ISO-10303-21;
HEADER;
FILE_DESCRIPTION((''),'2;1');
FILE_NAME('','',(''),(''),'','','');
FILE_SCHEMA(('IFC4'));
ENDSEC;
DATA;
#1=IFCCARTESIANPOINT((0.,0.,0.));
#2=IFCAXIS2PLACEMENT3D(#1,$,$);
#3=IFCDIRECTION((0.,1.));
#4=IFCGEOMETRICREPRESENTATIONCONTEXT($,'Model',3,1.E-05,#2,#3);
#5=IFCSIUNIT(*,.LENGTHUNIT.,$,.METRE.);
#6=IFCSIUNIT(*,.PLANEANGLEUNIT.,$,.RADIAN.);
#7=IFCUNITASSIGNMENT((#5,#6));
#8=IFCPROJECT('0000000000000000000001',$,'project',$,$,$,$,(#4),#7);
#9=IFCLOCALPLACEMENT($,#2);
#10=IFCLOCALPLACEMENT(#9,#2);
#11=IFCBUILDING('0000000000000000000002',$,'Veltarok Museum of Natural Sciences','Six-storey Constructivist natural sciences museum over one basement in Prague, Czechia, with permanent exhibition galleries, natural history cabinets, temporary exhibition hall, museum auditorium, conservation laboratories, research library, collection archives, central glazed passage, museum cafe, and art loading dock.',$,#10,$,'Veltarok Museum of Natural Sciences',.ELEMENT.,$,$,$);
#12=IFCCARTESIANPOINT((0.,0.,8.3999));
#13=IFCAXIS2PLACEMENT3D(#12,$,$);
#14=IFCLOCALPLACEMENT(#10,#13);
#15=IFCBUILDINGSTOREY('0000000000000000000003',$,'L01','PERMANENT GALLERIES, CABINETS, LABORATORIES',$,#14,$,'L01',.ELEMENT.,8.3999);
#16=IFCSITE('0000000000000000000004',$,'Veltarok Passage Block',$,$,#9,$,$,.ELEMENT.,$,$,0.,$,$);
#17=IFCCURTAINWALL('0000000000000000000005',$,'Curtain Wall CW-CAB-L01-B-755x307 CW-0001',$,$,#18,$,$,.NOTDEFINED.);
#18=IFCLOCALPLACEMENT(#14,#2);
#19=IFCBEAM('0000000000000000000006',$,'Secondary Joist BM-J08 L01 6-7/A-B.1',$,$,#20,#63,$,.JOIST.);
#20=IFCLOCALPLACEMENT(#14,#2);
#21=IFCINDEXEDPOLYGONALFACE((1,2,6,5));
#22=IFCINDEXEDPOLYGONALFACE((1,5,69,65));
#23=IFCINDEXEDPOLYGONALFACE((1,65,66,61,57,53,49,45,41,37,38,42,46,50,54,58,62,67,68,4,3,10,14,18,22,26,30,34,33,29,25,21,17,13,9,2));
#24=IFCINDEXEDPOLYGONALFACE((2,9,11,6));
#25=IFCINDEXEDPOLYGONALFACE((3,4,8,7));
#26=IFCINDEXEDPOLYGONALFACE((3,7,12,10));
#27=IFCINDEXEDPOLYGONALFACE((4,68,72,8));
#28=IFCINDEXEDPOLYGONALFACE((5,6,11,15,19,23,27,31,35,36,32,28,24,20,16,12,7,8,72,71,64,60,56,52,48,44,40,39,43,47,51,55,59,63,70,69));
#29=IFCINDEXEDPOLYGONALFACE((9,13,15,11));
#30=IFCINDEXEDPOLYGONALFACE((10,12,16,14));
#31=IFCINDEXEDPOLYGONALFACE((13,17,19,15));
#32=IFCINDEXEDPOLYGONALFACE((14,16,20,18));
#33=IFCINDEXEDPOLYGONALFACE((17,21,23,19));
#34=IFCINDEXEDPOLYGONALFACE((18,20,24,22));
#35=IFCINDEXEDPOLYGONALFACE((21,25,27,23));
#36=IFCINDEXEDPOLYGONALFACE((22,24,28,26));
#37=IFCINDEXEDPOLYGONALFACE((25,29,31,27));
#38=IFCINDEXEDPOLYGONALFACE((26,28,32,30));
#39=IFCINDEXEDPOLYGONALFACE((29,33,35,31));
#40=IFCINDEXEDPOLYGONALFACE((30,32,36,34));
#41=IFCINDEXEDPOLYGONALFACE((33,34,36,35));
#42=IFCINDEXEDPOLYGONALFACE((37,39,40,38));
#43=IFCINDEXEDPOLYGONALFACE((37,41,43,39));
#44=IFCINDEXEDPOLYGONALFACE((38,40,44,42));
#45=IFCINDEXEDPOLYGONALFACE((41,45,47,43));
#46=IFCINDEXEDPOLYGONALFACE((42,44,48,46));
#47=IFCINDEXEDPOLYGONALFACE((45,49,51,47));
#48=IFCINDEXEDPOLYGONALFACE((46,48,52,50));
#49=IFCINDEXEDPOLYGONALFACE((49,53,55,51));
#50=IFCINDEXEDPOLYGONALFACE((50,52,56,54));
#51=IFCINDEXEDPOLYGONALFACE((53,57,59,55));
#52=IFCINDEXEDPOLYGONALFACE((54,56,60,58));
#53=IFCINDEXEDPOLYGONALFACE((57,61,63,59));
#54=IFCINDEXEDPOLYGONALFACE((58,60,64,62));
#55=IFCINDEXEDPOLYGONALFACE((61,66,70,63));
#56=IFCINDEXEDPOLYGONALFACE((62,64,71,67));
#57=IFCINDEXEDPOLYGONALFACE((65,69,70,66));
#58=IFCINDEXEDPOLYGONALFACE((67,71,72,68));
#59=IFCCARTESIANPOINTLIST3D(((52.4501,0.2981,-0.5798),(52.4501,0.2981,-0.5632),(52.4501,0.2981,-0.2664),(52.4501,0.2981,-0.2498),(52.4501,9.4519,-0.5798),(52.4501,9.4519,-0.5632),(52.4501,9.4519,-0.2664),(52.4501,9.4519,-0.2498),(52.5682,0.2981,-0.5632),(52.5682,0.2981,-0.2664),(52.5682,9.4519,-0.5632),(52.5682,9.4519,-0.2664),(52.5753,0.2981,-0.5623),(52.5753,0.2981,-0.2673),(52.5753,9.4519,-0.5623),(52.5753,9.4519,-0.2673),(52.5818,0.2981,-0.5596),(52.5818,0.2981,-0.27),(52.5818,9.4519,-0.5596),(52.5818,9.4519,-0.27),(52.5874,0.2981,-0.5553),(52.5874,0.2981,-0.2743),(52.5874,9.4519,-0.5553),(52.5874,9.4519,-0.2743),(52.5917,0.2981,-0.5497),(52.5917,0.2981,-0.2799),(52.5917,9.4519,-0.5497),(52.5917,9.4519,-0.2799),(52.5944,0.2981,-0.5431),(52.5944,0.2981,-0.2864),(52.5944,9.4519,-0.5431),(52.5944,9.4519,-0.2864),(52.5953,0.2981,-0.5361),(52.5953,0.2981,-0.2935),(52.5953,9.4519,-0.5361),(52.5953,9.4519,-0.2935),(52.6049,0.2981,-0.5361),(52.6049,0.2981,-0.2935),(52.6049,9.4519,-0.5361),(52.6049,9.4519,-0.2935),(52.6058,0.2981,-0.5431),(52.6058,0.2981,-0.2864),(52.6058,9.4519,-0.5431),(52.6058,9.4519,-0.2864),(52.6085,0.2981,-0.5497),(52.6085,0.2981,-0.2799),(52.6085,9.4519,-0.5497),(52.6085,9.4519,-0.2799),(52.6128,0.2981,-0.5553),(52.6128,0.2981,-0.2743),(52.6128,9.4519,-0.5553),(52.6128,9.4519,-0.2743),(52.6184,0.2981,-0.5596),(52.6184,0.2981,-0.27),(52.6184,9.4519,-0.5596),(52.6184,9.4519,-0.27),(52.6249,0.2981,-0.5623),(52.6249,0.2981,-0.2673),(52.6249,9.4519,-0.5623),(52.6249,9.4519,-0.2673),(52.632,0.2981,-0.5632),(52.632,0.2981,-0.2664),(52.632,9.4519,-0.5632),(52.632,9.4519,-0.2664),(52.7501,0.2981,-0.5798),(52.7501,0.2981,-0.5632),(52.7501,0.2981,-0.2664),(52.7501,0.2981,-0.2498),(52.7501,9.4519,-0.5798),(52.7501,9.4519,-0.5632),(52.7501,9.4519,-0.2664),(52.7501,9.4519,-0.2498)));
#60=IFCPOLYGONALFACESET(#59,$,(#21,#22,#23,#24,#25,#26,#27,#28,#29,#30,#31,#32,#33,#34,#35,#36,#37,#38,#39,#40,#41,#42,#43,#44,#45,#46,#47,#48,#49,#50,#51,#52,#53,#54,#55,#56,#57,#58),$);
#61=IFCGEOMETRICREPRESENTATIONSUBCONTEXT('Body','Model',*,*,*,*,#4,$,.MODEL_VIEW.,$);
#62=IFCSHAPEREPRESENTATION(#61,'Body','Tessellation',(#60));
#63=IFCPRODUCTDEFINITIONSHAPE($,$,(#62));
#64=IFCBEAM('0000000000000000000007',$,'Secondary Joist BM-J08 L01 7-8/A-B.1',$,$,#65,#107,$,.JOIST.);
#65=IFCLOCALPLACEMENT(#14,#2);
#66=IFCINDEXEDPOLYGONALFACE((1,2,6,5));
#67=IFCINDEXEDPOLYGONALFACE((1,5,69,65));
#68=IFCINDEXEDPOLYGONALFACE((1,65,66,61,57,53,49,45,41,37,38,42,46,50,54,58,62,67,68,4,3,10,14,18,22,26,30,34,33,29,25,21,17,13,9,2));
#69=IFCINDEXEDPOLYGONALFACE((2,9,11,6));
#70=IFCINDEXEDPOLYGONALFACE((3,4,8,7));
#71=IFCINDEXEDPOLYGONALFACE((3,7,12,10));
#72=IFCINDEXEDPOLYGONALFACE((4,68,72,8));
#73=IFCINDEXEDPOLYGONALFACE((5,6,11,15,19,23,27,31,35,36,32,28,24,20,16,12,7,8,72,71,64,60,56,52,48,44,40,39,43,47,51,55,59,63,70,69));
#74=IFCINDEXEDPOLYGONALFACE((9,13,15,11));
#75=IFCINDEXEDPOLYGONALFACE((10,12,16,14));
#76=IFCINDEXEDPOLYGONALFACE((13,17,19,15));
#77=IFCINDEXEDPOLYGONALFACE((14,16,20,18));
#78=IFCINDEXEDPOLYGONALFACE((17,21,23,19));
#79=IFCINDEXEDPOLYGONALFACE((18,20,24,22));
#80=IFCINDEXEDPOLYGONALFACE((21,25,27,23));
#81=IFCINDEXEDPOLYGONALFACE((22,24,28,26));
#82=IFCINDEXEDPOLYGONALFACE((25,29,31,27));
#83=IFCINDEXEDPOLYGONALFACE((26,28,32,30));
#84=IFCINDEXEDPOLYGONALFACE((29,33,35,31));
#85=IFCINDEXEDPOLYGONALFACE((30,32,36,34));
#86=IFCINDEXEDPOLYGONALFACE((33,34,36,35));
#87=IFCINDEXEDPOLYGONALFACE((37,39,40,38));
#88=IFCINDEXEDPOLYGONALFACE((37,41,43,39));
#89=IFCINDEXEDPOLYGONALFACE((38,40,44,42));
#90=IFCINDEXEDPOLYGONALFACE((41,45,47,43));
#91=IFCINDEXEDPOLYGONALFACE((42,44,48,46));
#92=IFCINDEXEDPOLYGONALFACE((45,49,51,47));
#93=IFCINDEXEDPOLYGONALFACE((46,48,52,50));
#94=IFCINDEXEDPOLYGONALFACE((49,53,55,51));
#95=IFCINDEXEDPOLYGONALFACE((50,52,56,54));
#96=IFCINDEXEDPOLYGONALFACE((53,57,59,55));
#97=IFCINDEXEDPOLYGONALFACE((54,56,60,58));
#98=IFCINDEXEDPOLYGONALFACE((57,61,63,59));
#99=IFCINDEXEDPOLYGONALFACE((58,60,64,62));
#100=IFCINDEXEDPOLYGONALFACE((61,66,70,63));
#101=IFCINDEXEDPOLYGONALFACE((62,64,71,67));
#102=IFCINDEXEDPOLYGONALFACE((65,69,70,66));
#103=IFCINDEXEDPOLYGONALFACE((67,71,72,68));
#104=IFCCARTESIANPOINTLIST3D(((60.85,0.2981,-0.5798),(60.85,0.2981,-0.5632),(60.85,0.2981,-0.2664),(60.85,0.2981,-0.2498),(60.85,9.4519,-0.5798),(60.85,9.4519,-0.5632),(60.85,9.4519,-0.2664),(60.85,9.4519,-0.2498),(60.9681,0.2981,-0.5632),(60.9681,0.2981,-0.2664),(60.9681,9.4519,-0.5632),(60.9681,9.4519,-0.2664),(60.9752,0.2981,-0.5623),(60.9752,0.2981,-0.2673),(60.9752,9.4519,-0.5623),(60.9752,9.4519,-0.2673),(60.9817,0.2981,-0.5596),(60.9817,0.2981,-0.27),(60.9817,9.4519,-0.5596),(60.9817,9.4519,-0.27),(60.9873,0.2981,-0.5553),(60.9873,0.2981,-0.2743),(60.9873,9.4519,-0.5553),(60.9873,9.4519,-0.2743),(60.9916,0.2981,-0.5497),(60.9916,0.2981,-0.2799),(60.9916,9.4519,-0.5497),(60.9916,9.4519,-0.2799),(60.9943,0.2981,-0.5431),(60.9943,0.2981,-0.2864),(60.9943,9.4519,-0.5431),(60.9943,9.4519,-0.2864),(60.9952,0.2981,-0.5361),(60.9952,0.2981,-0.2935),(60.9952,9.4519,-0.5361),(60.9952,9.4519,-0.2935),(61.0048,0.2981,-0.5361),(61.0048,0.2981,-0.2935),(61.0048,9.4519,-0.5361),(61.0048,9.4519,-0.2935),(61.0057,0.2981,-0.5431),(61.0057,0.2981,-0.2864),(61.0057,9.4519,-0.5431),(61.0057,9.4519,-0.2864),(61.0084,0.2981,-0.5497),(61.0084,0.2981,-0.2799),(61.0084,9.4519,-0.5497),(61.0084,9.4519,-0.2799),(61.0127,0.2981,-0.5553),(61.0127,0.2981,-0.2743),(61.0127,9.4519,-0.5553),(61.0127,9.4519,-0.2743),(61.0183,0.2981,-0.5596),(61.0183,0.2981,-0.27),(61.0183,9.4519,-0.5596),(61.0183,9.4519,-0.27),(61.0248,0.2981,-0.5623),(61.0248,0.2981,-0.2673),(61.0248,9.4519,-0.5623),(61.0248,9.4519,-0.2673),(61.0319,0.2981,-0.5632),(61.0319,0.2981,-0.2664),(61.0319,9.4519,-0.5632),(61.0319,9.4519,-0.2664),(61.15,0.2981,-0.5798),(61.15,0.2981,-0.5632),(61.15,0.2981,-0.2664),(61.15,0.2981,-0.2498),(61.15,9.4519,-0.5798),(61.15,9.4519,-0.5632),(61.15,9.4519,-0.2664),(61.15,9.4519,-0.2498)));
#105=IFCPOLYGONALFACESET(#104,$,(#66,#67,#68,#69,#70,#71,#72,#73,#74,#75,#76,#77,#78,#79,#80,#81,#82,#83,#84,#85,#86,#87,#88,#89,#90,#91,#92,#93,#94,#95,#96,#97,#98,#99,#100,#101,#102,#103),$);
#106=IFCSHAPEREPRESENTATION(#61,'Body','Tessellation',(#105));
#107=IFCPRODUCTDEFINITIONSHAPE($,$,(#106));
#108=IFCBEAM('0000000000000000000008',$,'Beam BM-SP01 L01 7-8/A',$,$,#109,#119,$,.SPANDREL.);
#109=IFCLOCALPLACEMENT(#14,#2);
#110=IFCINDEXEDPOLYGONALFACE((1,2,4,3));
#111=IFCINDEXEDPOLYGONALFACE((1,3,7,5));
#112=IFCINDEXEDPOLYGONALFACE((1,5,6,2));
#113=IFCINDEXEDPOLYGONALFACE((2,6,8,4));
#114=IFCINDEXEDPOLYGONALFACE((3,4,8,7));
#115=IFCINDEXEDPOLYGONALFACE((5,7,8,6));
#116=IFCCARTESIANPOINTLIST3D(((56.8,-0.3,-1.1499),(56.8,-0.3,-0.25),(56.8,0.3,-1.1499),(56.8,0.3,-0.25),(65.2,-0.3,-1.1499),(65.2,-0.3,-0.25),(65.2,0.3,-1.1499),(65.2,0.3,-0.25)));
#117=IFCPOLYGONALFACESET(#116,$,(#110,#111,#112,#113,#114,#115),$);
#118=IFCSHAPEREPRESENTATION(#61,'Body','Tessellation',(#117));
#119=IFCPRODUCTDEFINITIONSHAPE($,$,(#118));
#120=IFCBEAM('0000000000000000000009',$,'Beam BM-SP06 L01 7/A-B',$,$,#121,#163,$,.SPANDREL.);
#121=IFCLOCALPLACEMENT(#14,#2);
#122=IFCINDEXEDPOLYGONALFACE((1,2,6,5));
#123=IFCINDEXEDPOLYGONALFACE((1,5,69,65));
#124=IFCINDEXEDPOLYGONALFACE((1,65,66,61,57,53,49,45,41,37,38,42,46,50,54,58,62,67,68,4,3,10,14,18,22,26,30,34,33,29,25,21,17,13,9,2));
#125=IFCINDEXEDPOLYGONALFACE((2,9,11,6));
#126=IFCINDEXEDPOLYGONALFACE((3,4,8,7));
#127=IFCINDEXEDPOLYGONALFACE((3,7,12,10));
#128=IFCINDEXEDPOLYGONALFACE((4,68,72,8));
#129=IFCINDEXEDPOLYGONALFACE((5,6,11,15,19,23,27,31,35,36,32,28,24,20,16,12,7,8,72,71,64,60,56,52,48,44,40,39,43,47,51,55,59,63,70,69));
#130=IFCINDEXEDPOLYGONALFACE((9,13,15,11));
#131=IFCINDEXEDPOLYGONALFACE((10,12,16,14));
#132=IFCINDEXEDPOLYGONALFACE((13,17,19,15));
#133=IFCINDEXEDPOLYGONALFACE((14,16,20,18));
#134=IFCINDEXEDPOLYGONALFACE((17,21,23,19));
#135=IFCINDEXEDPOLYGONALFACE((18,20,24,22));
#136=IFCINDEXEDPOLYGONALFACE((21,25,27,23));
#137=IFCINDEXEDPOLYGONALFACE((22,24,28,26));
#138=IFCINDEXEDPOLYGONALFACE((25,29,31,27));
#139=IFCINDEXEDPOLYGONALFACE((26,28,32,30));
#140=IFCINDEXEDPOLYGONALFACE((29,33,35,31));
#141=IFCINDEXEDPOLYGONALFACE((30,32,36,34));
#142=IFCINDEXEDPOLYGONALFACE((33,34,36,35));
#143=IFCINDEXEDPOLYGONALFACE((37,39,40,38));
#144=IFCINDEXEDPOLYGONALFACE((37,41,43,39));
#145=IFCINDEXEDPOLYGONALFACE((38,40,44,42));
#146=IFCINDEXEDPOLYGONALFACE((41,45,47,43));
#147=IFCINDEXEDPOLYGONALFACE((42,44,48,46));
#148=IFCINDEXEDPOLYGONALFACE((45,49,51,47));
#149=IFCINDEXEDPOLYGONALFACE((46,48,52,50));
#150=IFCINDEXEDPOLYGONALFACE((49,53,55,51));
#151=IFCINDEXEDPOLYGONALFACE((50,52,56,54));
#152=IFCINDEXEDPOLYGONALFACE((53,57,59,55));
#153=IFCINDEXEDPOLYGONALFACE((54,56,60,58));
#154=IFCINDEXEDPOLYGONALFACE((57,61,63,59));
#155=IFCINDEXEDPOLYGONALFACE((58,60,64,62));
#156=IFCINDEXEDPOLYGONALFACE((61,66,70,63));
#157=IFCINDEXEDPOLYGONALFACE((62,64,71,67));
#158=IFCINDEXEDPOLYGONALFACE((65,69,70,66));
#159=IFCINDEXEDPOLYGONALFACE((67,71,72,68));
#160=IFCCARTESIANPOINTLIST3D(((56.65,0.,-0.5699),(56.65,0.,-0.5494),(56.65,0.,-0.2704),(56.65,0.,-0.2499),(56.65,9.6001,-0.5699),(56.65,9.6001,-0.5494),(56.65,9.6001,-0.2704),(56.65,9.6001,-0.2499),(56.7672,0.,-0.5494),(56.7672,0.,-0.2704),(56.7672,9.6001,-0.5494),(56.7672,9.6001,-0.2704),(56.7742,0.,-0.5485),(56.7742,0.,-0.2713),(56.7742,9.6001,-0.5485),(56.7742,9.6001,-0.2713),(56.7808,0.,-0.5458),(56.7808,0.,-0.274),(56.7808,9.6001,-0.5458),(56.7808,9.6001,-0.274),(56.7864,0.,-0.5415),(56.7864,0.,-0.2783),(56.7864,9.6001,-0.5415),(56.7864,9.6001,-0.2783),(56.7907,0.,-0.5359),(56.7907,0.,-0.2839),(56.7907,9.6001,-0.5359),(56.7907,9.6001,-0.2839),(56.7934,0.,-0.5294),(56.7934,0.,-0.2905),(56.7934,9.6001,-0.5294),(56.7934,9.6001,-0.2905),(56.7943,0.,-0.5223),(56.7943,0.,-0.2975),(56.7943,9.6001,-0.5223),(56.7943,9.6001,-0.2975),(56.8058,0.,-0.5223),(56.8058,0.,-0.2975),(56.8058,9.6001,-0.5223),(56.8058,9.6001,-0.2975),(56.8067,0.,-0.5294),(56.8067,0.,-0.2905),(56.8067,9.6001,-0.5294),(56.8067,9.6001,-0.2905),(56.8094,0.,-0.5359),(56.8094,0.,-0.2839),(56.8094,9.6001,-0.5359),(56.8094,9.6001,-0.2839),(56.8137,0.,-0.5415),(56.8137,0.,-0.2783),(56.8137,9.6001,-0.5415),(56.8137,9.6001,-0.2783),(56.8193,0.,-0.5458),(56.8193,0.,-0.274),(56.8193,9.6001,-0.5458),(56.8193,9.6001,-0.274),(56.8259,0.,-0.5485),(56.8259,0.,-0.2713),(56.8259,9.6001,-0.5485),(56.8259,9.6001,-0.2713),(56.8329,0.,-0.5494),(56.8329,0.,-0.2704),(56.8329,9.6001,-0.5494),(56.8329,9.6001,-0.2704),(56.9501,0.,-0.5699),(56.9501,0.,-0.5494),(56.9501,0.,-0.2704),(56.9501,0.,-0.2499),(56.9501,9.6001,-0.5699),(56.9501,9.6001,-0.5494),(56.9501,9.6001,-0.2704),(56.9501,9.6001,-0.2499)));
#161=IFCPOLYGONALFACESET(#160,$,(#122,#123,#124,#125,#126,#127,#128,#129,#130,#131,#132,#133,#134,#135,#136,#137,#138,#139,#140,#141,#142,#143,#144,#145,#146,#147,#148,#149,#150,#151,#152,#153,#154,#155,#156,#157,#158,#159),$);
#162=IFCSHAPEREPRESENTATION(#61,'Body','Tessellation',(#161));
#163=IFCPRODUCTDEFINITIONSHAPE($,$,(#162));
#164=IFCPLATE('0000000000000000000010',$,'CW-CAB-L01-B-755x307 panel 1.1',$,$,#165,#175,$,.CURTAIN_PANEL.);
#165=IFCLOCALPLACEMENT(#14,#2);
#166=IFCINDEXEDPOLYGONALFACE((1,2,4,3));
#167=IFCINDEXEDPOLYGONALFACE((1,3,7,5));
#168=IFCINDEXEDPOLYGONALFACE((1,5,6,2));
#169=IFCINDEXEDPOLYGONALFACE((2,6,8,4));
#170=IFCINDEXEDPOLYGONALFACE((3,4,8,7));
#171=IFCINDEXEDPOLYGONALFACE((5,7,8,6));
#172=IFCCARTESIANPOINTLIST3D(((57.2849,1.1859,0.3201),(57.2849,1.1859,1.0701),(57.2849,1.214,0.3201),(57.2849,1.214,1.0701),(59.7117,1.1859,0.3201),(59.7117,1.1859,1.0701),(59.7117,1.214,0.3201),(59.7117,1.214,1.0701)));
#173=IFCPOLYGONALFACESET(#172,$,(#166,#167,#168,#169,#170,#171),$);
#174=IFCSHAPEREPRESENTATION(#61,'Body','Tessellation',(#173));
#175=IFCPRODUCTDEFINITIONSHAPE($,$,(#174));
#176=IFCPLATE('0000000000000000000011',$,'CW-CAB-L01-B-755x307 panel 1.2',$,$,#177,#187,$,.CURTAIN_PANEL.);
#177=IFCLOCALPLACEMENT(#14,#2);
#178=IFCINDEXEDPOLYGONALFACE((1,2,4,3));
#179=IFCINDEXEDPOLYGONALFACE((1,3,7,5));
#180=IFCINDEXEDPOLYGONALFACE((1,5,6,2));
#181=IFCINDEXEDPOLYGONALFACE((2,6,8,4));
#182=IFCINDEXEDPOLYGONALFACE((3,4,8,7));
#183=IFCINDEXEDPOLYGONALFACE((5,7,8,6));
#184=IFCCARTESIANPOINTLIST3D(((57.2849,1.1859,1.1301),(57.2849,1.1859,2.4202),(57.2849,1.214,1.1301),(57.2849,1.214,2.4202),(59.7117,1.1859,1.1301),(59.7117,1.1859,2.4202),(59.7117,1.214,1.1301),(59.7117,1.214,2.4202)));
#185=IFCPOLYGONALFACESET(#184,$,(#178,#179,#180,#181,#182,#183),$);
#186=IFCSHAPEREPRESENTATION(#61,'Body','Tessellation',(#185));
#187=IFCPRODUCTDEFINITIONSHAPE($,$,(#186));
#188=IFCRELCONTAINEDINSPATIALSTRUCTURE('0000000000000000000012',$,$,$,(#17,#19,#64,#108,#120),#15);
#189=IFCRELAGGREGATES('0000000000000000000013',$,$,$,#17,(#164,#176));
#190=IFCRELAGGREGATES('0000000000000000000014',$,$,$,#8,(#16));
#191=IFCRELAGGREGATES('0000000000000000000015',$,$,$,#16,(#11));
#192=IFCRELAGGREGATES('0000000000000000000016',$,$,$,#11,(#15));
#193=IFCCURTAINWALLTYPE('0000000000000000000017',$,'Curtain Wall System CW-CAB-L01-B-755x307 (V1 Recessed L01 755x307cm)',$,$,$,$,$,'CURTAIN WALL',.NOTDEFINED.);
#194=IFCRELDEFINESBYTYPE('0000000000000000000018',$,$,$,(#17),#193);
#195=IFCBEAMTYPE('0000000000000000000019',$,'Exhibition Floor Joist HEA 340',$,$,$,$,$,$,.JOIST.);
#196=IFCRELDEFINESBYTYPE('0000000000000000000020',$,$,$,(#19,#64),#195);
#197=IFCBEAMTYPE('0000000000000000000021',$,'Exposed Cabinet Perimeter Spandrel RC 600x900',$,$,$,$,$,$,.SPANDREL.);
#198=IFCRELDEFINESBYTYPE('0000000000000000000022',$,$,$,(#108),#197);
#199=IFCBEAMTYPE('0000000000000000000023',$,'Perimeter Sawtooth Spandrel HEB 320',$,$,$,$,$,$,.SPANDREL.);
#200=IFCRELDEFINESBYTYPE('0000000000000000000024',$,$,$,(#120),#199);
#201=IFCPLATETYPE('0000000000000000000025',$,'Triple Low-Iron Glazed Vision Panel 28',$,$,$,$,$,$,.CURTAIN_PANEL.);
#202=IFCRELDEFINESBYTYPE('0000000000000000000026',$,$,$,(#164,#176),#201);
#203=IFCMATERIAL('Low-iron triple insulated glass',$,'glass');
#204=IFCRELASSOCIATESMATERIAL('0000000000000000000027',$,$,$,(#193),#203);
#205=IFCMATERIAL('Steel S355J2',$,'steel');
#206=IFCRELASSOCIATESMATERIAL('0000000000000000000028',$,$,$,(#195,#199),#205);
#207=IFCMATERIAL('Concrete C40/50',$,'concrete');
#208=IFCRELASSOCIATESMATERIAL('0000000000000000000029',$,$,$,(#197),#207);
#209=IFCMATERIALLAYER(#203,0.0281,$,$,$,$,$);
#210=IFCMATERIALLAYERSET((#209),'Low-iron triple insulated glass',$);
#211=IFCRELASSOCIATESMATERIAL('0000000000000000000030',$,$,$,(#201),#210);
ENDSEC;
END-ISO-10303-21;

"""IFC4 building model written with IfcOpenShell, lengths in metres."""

from ifc_helpers import new_model, si_unit, direction, frame, origin, origin_2d, place, context, subcontext, project, spatial, rectangle, i_section, extrude, material, layer, layer_set, material_profile, profile_set, type_object, element, aggregate, save


model = new_model("IFC4")

# Units and contexts
model_context = context("Model", 3, precision=1e-05, world=origin(), true_north=direction((0.0, 1.0)))
body_context = subcontext(model_context, "Body", "Model", "MODEL_VIEW")
ifc_project = project(units=[si_unit("LENGTHUNIT", "METRE"), si_unit("PLANEANGLEUNIT", "RADIAN")], contexts=[model_context])

# Site, building, storey
site_placement = place(None, origin())
site = spatial("IfcSite", under=ifc_project, at=site_placement, Name="Veltarok Passage Block", CompositionType="ELEMENT", RefElevation=0.0)
building_placement = place(site_placement, origin())
building = spatial("IfcBuilding", under=site, at=building_placement, Name="Veltarok Museum of Natural Sciences", Description="Six-storey Constructivist natural sciences museum over one basement in Prague, Czechia, with permanent exhibition galleries, natural history cabinets, temporary exhibition hall, museum auditorium, conservation laboratories, research library, collection archives, central glazed passage, museum cafe, and art loading dock.", LongName="Veltarok Museum of Natural Sciences", CompositionType="ELEMENT")
storey_placement = place(building_placement, frame((0.0, 0.0, 8.3999)))
storey = spatial("IfcBuildingStorey", under=building, at=storey_placement, Name="L01", Description="PERMANENT GALLERIES, CABINETS, LABORATORIES", LongName="L01", CompositionType="ELEMENT", Elevation=8.3999)

# Shared definitions
ifc_material_1 = material(Name="Concrete C40/50", Category="concrete")

# Shared definitions
ifc_material_2 = material(Name="Steel S355J2", Category="steel")

# Curtain wall
ifc_material_3 = material(Name="Low-iron triple insulated glass", Category="glass")
curtain_wall_type = type_object("IfcCurtainWallType", Name="Curtain Wall System CW-CAB-L01-B-755x307 (V1 Recessed L01 755x307cm)", ElementType="CURTAIN WALL", PredefinedType="NOTDEFINED", material=ifc_material_3)
curtain_wall_placement = place(storey_placement, origin())
curtain_wall = element("IfcCurtainWall", 1, at=curtain_wall_placement, inside=storey, type_object=curtain_wall_type, Name="Curtain Wall CW-CAB-L01-B-755x307 CW-0001", PredefinedType="NOTDEFINED")

# Beams
ifc_material_profile_1 = material_profile(ifc_material_2, i_section(OverallWidth=0.3, OverallDepth=0.3301, WebThickness=0.0095, FlangeThickness=0.0166, FilletRadius=0.0271, at=origin_2d()), Name="HEA 340")
ifc_profile_set_1 = profile_set([ifc_material_profile_1], Name="Steel S355J2")
beam_type_1 = type_object("IfcBeamType", Name="Exhibition Floor Joist HEA 340", PredefinedType="JOIST", material=ifc_profile_set_1)
for number, where, z_axis, x_axis, name in (
    (2, (52.6001, 0.2981, -0.4148), (0.0, 1.0, 0.0), (-1.0, 0.0, 0.0), "Secondary Joist BM-J08 L01 6-7/A-B.1"),
    (3, (61.0, 0.2981, -0.4148), (0.0, 1.0, 0.0), (-1.0, 0.0, 0.0), "Secondary Joist BM-J08 L01 7-8/A-B.1"),
):
    element("IfcBeam", number, at=place(storey_placement, frame(where, z_axis=z_axis, x_axis=x_axis)), inside=storey, type_object=beam_type_1, Name=name, PredefinedType="JOIST", context=body_context, shape_type="SweptSolid", body=[
        extrude(i_section(OverallWidth=0.3, OverallDepth=0.3301, WebThickness=0.0095, FlangeThickness=0.0166, FilletRadius=0.0271, at=origin_2d()), origin(), (0.0, 0.0, 1.0), 9.1538),
    ])
ifc_material_profile_2 = material_profile(ifc_material_1, rectangle(XDim=0.6001, YDim=0.8999, at=origin_2d()), Name="RC 600x900")
ifc_profile_set_2 = profile_set([ifc_material_profile_2], Name="Concrete C40/50")
beam_type_2 = type_object("IfcBeamType", Name="Exposed Cabinet Perimeter Spandrel RC 600x900", PredefinedType="SPANDREL", material=ifc_profile_set_2)
beam_1_placement = place(storey_placement, frame((56.8, 0.0, -0.7), z_axis=(1.0, 0.0, 0.0), x_axis=(0.0, 1.0, 0.0)))
element("IfcBeam", 4, at=beam_1_placement, inside=storey, type_object=beam_type_2, Name="Beam BM-SP01 L01 7-8/A", PredefinedType="SPANDREL", context=body_context, shape_type="SweptSolid", body=[
    extrude(rectangle(XDim=0.6001, YDim=0.8999, at=origin_2d()), origin(), (0.0, 0.0, 1.0), 8.3999),
])
ifc_material_profile_3 = material_profile(ifc_material_2, i_section(OverallWidth=0.3, OverallDepth=0.3201, WebThickness=0.0115, FlangeThickness=0.0205, FilletRadius=0.0271, at=origin_2d()), Name="HEB 320")
ifc_profile_set_3 = profile_set([ifc_material_profile_3], Name="Steel S355J2")
beam_type_3 = type_object("IfcBeamType", Name="Perimeter Sawtooth Spandrel HEB 320", PredefinedType="SPANDREL", material=ifc_profile_set_3)
beam_2_placement = place(storey_placement, frame((56.8, 0.0, -0.4099), z_axis=(0.0, 1.0, 0.0), x_axis=(-1.0, 0.0, 0.0)))
element("IfcBeam", 5, at=beam_2_placement, inside=storey, type_object=beam_type_3, Name="Beam BM-SP06 L01 7/A-B", PredefinedType="SPANDREL", context=body_context, shape_type="SweptSolid", body=[
    extrude(i_section(OverallWidth=0.3, OverallDepth=0.3201, WebThickness=0.0115, FlangeThickness=0.0205, FilletRadius=0.0271, at=origin_2d()), origin(), (0.0, 0.0, 1.0), 9.6001),
])

# Plates
ifc_layer_1 = layer(ifc_material_3, 0.0281)
ifc_layer_set_1 = layer_set([ifc_layer_1], Name="Low-iron triple insulated glass")
plate_type = type_object("IfcPlateType", Name="Triple Low-Iron Glazed Vision Panel 28", PredefinedType="CURTAIN_PANEL", material=ifc_layer_set_1)
plate_1_placement = place(storey_placement, frame((58.4983, 1.2, 0.3201), z_axis=(0.0, 0.0, 1.0), x_axis=(1.0, 0.0, 0.0)))
plate_1 = element("IfcPlate", 6, at=plate_1_placement, type_object=plate_type, Name="CW-CAB-L01-B-755x307 panel 1.1", PredefinedType="CURTAIN_PANEL", context=body_context, shape_type="SweptSolid", body=[
    extrude(rectangle(XDim=2.4268, YDim=0.0281, at=origin_2d()), origin(), (0.0, 0.0, 1.0), 0.75),
])
plate_2_placement = place(storey_placement, frame((58.4983, 1.2, 1.1301), z_axis=(0.0, 0.0, 1.0), x_axis=(1.0, 0.0, 0.0)))
plate_2 = element("IfcPlate", 7, at=plate_2_placement, type_object=plate_type, Name="CW-CAB-L01-B-755x307 panel 1.2", PredefinedType="CURTAIN_PANEL", context=body_context, shape_type="SweptSolid", body=[
    extrude(rectangle(XDim=2.4268, YDim=0.0281, at=origin_2d()), origin(), (0.0, 0.0, 1.0), 1.29),
])
aggregate(curtain_wall, [plate_1, plate_2])

save(model, "model.ifc")
